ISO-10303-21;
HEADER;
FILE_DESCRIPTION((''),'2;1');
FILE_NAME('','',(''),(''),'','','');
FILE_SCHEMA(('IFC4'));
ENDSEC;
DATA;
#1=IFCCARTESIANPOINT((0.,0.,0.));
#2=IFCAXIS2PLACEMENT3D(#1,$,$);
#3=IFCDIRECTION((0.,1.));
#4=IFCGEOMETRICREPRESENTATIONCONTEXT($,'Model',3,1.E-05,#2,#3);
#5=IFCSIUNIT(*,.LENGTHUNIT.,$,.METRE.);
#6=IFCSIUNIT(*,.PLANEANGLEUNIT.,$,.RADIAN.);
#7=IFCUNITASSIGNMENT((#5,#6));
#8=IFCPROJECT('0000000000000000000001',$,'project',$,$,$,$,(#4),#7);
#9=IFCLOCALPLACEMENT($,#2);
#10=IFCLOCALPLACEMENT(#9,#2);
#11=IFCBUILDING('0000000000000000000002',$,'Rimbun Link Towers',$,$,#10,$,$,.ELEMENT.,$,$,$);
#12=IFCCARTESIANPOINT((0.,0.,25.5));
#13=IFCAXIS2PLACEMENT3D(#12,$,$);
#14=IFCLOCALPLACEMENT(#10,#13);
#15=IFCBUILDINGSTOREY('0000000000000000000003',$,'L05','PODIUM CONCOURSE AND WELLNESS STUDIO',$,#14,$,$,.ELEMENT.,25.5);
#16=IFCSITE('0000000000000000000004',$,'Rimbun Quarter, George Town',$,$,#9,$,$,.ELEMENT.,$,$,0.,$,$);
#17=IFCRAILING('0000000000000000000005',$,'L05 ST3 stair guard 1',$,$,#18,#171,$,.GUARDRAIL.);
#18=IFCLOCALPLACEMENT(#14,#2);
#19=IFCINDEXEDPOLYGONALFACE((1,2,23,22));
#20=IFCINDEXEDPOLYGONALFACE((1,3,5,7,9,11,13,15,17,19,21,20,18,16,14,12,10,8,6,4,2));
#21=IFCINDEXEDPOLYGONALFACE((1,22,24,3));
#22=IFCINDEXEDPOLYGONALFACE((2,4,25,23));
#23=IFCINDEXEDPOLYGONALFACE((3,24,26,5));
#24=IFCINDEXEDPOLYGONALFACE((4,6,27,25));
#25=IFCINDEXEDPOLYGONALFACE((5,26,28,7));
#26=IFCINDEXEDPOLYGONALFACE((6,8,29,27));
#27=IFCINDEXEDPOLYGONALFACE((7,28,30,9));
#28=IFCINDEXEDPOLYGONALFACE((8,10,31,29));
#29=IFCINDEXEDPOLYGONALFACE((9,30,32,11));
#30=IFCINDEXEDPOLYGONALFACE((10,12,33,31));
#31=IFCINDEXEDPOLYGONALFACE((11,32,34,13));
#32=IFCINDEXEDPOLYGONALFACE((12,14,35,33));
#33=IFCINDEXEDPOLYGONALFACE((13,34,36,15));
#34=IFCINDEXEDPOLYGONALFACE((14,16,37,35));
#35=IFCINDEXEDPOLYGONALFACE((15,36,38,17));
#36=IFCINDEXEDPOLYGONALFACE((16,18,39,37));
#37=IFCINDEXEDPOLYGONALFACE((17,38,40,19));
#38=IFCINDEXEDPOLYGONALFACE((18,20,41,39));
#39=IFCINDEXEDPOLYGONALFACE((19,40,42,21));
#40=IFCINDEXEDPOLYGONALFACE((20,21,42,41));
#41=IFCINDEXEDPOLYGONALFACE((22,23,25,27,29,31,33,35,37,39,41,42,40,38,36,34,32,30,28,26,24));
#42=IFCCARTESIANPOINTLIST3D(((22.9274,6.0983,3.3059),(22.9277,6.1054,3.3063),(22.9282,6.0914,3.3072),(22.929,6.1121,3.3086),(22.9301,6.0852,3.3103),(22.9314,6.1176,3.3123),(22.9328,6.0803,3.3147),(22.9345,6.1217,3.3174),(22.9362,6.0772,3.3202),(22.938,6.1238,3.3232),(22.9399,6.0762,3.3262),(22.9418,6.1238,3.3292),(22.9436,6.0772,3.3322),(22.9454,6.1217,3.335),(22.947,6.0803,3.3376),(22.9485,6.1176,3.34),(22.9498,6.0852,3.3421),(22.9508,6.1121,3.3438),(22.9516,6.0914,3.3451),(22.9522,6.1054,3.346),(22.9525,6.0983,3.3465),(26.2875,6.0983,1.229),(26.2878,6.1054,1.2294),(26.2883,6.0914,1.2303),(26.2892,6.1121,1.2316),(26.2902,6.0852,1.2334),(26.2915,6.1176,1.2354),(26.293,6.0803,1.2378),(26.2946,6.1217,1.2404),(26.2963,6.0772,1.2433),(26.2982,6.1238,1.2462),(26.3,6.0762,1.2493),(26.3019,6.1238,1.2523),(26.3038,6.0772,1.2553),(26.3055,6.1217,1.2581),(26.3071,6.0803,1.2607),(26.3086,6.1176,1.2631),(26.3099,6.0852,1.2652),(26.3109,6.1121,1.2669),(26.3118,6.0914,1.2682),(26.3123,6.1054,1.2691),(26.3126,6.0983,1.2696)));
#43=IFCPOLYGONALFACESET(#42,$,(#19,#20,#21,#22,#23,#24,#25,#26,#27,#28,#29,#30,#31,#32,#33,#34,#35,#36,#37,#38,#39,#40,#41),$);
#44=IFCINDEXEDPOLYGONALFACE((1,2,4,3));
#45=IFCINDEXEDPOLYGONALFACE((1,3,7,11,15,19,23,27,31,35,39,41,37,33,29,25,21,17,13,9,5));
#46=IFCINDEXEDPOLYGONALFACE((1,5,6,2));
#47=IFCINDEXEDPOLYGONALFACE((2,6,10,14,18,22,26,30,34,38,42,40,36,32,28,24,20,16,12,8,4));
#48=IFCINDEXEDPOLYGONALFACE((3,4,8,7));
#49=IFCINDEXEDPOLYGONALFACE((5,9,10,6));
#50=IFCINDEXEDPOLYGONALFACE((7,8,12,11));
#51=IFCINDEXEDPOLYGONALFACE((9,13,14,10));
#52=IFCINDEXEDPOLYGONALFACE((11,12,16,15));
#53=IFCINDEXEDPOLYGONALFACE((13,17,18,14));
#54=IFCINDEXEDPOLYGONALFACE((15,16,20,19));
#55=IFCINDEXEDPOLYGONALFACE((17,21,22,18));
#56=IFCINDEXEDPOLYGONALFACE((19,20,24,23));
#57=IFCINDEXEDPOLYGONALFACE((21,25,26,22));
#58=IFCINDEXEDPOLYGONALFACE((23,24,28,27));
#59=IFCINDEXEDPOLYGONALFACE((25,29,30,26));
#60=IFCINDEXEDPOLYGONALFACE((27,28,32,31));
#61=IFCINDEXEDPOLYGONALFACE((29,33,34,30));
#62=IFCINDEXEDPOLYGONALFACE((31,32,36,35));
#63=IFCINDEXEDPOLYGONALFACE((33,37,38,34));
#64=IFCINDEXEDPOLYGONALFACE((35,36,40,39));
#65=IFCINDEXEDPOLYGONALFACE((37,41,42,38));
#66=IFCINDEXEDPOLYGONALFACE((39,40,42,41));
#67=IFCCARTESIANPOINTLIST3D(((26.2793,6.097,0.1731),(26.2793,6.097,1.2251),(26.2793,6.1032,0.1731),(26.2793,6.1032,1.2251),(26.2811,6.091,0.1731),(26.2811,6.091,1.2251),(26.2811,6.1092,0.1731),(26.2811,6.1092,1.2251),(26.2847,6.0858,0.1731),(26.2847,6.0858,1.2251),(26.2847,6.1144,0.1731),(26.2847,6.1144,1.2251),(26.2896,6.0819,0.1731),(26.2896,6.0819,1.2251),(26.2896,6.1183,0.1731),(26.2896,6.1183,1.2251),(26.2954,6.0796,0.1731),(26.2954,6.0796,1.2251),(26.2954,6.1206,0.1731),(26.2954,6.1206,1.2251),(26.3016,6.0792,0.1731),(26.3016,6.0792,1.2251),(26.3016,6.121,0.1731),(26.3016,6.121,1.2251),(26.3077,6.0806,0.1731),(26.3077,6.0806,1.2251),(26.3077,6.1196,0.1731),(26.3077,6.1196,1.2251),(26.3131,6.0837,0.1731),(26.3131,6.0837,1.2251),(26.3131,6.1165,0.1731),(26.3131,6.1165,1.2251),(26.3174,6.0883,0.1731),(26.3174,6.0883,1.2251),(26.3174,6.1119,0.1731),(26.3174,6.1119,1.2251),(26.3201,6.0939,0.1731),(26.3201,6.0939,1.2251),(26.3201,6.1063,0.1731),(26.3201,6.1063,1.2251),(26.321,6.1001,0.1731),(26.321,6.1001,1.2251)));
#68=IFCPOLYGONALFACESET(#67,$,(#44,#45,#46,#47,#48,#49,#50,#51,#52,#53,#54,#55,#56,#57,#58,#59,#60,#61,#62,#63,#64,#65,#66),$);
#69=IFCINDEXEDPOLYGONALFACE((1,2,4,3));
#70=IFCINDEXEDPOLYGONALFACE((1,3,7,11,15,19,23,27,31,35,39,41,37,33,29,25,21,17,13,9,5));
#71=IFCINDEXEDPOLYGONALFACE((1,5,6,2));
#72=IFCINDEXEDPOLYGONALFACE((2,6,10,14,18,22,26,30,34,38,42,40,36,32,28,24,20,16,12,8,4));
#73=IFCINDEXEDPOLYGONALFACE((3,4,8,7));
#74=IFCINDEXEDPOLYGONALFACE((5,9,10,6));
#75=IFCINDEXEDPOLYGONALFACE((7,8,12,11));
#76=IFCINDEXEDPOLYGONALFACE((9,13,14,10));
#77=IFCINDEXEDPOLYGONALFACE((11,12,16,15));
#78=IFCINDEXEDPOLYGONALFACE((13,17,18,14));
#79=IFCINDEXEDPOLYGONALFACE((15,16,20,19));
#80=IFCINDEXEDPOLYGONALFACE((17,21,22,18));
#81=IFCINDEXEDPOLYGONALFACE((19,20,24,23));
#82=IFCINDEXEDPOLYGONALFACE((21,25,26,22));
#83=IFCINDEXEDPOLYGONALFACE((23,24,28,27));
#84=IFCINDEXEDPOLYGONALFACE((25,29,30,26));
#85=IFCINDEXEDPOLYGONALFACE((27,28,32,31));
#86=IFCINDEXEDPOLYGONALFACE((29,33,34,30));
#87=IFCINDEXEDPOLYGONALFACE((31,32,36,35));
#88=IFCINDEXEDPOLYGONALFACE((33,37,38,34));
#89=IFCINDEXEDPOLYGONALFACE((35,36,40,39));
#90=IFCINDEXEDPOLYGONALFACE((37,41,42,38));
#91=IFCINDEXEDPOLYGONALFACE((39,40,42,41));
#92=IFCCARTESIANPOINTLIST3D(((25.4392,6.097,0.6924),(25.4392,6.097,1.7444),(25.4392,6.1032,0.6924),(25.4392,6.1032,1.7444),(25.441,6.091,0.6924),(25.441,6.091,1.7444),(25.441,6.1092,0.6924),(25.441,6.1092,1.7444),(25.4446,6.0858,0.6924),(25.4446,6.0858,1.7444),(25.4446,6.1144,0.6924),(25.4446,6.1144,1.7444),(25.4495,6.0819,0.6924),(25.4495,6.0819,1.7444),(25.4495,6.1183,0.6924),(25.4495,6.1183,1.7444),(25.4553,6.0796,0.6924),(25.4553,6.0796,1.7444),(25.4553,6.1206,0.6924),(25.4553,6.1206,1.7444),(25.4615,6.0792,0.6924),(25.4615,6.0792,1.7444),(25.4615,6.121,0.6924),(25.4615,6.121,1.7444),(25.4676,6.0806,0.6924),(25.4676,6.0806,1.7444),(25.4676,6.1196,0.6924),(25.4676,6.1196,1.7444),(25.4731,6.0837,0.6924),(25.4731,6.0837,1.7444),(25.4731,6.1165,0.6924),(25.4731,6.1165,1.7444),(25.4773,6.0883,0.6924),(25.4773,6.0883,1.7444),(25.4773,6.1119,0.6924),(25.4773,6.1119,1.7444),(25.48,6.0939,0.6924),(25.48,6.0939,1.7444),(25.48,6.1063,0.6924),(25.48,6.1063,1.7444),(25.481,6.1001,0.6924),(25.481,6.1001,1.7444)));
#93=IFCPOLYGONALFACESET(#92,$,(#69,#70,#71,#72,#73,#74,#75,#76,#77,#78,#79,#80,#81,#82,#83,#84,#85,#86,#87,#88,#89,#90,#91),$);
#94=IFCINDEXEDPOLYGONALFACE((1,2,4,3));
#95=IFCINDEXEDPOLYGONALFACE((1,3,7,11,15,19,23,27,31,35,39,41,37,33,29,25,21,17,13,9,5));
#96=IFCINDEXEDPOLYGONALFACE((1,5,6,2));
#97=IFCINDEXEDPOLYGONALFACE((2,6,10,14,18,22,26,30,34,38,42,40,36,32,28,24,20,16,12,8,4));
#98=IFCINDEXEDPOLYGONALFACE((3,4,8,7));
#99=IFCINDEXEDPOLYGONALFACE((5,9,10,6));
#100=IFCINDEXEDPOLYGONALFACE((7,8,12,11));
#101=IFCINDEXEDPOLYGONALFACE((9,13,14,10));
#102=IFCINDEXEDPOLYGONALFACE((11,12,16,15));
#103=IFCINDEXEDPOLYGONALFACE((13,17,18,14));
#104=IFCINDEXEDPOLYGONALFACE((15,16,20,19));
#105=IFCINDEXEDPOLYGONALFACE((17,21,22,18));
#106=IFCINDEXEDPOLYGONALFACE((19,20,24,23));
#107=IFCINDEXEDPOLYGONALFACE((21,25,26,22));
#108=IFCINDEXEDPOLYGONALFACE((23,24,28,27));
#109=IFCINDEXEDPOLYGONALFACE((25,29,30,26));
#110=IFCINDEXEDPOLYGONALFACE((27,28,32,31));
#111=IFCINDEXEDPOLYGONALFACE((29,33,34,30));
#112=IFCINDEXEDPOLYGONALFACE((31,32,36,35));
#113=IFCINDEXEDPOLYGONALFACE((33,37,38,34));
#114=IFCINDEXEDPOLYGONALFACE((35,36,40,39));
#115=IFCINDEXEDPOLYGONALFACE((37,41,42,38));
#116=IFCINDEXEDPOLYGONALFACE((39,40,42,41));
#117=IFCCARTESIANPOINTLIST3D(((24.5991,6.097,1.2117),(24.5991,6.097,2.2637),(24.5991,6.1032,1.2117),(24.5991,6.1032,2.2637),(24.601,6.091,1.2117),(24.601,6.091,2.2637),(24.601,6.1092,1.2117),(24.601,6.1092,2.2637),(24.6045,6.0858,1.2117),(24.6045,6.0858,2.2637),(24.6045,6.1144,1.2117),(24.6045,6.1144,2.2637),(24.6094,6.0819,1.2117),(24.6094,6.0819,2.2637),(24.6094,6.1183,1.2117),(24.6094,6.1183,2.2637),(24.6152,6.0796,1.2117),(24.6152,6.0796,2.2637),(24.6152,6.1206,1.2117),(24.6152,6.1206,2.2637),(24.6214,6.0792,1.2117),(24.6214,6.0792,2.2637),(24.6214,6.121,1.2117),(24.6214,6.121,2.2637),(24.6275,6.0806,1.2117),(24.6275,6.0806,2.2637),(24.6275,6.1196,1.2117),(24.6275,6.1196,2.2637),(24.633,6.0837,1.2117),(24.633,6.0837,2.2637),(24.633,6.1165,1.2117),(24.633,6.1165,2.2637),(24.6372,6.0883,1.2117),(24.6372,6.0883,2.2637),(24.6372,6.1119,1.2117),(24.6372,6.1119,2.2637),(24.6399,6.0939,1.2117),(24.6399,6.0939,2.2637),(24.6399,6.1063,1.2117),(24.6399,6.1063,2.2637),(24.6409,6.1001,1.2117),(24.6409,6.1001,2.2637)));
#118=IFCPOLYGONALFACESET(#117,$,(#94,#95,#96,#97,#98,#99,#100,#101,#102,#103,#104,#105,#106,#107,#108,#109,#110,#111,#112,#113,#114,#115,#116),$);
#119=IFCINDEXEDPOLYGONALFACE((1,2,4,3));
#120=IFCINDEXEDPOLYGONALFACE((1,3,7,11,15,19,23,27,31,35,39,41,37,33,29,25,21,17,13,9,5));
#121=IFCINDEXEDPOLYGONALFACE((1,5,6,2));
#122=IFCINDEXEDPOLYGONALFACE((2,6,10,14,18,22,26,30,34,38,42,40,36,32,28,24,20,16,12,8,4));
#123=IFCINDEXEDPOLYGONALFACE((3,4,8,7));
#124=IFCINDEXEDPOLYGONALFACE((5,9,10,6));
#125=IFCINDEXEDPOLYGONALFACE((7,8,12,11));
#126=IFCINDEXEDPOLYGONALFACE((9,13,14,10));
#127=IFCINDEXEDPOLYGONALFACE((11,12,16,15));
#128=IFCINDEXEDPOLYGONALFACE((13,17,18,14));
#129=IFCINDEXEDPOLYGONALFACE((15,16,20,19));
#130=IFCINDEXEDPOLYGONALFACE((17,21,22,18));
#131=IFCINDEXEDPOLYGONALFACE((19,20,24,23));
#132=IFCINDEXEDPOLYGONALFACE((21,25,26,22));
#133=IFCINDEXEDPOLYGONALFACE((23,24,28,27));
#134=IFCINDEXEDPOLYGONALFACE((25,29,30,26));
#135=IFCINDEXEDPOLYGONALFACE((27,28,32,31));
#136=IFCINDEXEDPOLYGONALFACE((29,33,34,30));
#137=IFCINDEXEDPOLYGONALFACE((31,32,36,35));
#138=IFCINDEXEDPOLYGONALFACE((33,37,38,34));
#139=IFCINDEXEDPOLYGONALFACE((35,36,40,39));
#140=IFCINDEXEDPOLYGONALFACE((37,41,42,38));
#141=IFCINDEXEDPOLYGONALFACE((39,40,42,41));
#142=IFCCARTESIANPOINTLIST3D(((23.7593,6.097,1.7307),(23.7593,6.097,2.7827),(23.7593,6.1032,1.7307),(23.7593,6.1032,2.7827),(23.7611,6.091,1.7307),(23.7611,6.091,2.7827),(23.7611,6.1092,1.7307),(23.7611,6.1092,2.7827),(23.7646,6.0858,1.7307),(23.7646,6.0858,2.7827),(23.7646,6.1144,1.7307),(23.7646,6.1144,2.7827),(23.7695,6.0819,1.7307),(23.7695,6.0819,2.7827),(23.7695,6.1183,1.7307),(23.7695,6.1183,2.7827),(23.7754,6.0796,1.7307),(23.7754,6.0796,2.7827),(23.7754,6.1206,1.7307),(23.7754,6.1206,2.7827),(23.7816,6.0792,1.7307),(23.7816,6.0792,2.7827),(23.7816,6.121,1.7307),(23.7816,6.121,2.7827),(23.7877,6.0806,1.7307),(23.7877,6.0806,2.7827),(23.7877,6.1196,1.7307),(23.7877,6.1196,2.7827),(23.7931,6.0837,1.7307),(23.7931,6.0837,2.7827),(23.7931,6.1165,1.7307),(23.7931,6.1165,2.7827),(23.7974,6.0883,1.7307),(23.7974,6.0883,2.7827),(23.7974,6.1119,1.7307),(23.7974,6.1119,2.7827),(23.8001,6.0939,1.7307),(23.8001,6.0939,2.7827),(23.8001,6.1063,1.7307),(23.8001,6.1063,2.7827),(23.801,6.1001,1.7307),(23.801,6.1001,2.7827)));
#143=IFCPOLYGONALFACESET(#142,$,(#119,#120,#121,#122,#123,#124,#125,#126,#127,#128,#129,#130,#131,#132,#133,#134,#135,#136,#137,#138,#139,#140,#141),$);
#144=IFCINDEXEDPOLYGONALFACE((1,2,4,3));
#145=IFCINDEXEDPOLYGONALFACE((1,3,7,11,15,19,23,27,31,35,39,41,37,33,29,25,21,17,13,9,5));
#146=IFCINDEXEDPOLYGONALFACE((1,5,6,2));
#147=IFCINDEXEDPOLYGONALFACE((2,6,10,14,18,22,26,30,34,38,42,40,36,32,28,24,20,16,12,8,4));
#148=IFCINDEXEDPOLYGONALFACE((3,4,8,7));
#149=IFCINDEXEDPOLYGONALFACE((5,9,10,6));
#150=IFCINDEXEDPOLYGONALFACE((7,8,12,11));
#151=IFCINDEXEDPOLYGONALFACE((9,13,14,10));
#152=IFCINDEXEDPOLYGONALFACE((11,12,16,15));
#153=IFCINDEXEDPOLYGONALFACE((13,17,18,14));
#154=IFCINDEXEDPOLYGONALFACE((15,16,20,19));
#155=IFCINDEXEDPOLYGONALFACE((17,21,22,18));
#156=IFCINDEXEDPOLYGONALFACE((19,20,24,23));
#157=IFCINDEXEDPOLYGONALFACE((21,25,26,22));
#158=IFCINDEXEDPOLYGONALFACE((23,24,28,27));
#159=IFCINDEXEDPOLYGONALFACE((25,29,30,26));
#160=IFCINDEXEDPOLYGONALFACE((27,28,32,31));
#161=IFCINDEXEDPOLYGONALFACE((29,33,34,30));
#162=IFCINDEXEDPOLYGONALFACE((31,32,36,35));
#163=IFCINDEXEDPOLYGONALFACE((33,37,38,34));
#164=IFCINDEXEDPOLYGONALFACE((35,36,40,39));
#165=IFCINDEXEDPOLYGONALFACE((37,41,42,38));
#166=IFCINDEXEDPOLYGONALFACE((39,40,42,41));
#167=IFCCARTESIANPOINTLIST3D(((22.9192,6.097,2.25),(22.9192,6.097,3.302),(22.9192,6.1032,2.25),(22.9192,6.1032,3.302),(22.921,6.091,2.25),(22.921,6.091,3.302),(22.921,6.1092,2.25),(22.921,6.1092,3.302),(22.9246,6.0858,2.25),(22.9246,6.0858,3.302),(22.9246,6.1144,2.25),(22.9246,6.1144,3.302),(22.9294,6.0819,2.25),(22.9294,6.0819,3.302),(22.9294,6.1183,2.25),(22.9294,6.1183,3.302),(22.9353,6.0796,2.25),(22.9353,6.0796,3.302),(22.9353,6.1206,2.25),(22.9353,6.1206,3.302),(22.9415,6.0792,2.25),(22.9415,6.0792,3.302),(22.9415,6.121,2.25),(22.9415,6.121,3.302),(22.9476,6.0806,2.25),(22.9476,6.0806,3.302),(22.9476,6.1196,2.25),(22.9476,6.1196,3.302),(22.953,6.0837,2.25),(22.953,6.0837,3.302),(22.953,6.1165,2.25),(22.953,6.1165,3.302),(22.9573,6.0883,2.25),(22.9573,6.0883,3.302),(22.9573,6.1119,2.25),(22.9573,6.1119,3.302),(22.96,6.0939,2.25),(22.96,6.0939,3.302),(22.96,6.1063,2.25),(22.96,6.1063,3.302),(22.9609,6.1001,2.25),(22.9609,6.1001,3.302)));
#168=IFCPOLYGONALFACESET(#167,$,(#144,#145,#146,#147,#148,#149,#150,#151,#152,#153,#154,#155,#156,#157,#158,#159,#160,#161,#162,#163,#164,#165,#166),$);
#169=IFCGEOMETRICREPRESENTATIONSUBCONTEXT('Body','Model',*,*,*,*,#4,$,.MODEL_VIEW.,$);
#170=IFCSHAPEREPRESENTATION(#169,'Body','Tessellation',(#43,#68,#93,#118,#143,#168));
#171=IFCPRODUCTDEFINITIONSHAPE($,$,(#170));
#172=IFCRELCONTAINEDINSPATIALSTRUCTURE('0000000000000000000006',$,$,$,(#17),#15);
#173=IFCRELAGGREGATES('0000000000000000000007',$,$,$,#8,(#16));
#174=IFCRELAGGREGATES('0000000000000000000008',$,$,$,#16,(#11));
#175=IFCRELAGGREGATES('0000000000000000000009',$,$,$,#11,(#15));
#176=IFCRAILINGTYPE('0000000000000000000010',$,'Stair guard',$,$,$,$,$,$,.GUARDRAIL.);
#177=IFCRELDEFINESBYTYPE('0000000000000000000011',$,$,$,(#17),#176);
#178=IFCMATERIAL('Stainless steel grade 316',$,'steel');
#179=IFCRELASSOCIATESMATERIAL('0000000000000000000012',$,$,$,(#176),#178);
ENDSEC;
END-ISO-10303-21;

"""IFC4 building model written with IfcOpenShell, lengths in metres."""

from ifc_helpers import new_model, si_unit, direction, frame, origin, origin_2d, place, context, subcontext, project, spatial, circle, extrude, material, type_object, element, save


model = new_model("IFC4")

# Units and contexts
model_context = context("Model", 3, precision=1e-05, world=origin(), true_north=direction((0.0, 1.0)))
body_context = subcontext(model_context, "Body", "Model", "MODEL_VIEW")
ifc_project = project(units=[si_unit("LENGTHUNIT", "METRE"), si_unit("PLANEANGLEUNIT", "RADIAN")], contexts=[model_context])

# Site, building, storey
site_placement = place(None, origin())
site = spatial("IfcSite", under=ifc_project, at=site_placement, Name="Rimbun Quarter, George Town", CompositionType="ELEMENT", RefElevation=0.0)
building_placement = place(site_placement, origin())
building = spatial("IfcBuilding", under=site, at=building_placement, Name="Rimbun Link Towers", CompositionType="ELEMENT")
storey_placement = place(building_placement, frame((0.0, 0.0, 25.5)))
storey = spatial("IfcBuildingStorey", under=building, at=storey_placement, Name="L05", Description="PODIUM CONCOURSE AND WELLNESS STUDIO", CompositionType="ELEMENT", Elevation=25.5)

# Railing
ifc_material_1 = material(Name="Stainless steel grade 316", Category="steel")
railing_type_1 = type_object("IfcRailingType", Name="Stair guard", PredefinedType="GUARDRAIL", material=ifc_material_1)
railing_1_placement = place(storey_placement, frame((26.3, 6.1001, 0.1731)))
element("IfcRailing", 1, at=railing_1_placement, inside=storey, type_object=railing_type_1, Name="L05 ST3 stair guard 1", PredefinedType="GUARDRAIL", context=body_context, shape_type="SweptSolid", body=[
    extrude(circle(Radius=0.0239, at=origin_2d()), frame((0.0, 0.0, 1.0762), z_axis=(-0.850623, 0.0, 0.525776), x_axis=(0.0, -1.0, 0.0)), (0.0, 0.0, 1.0), 3.9502),
    extrude(circle(Radius=0.021, at=origin_2d()), origin(), (0.0, 0.0, 1.0), 1.052),
    extrude(circle(Radius=0.021, at=origin_2d()), frame((-0.8401, 0.0, 0.5193)), (0.0, 0.0, 1.0), 1.052),
    extrude(circle(Radius=0.021, at=origin_2d()), frame((-1.6802, 0.0, 1.0386)), (0.0, 0.0, 1.0), 1.052),
    extrude(circle(Radius=0.021, at=origin_2d()), frame((-2.52, 0.0, 1.5576)), (0.0, 0.0, 1.0), 1.052),
    extrude(circle(Radius=0.021, at=origin_2d()), frame((-3.3601, 0.0, 2.0769)), (0.0, 0.0, 1.0), 1.052),
])

save(model, "model.ifc")
